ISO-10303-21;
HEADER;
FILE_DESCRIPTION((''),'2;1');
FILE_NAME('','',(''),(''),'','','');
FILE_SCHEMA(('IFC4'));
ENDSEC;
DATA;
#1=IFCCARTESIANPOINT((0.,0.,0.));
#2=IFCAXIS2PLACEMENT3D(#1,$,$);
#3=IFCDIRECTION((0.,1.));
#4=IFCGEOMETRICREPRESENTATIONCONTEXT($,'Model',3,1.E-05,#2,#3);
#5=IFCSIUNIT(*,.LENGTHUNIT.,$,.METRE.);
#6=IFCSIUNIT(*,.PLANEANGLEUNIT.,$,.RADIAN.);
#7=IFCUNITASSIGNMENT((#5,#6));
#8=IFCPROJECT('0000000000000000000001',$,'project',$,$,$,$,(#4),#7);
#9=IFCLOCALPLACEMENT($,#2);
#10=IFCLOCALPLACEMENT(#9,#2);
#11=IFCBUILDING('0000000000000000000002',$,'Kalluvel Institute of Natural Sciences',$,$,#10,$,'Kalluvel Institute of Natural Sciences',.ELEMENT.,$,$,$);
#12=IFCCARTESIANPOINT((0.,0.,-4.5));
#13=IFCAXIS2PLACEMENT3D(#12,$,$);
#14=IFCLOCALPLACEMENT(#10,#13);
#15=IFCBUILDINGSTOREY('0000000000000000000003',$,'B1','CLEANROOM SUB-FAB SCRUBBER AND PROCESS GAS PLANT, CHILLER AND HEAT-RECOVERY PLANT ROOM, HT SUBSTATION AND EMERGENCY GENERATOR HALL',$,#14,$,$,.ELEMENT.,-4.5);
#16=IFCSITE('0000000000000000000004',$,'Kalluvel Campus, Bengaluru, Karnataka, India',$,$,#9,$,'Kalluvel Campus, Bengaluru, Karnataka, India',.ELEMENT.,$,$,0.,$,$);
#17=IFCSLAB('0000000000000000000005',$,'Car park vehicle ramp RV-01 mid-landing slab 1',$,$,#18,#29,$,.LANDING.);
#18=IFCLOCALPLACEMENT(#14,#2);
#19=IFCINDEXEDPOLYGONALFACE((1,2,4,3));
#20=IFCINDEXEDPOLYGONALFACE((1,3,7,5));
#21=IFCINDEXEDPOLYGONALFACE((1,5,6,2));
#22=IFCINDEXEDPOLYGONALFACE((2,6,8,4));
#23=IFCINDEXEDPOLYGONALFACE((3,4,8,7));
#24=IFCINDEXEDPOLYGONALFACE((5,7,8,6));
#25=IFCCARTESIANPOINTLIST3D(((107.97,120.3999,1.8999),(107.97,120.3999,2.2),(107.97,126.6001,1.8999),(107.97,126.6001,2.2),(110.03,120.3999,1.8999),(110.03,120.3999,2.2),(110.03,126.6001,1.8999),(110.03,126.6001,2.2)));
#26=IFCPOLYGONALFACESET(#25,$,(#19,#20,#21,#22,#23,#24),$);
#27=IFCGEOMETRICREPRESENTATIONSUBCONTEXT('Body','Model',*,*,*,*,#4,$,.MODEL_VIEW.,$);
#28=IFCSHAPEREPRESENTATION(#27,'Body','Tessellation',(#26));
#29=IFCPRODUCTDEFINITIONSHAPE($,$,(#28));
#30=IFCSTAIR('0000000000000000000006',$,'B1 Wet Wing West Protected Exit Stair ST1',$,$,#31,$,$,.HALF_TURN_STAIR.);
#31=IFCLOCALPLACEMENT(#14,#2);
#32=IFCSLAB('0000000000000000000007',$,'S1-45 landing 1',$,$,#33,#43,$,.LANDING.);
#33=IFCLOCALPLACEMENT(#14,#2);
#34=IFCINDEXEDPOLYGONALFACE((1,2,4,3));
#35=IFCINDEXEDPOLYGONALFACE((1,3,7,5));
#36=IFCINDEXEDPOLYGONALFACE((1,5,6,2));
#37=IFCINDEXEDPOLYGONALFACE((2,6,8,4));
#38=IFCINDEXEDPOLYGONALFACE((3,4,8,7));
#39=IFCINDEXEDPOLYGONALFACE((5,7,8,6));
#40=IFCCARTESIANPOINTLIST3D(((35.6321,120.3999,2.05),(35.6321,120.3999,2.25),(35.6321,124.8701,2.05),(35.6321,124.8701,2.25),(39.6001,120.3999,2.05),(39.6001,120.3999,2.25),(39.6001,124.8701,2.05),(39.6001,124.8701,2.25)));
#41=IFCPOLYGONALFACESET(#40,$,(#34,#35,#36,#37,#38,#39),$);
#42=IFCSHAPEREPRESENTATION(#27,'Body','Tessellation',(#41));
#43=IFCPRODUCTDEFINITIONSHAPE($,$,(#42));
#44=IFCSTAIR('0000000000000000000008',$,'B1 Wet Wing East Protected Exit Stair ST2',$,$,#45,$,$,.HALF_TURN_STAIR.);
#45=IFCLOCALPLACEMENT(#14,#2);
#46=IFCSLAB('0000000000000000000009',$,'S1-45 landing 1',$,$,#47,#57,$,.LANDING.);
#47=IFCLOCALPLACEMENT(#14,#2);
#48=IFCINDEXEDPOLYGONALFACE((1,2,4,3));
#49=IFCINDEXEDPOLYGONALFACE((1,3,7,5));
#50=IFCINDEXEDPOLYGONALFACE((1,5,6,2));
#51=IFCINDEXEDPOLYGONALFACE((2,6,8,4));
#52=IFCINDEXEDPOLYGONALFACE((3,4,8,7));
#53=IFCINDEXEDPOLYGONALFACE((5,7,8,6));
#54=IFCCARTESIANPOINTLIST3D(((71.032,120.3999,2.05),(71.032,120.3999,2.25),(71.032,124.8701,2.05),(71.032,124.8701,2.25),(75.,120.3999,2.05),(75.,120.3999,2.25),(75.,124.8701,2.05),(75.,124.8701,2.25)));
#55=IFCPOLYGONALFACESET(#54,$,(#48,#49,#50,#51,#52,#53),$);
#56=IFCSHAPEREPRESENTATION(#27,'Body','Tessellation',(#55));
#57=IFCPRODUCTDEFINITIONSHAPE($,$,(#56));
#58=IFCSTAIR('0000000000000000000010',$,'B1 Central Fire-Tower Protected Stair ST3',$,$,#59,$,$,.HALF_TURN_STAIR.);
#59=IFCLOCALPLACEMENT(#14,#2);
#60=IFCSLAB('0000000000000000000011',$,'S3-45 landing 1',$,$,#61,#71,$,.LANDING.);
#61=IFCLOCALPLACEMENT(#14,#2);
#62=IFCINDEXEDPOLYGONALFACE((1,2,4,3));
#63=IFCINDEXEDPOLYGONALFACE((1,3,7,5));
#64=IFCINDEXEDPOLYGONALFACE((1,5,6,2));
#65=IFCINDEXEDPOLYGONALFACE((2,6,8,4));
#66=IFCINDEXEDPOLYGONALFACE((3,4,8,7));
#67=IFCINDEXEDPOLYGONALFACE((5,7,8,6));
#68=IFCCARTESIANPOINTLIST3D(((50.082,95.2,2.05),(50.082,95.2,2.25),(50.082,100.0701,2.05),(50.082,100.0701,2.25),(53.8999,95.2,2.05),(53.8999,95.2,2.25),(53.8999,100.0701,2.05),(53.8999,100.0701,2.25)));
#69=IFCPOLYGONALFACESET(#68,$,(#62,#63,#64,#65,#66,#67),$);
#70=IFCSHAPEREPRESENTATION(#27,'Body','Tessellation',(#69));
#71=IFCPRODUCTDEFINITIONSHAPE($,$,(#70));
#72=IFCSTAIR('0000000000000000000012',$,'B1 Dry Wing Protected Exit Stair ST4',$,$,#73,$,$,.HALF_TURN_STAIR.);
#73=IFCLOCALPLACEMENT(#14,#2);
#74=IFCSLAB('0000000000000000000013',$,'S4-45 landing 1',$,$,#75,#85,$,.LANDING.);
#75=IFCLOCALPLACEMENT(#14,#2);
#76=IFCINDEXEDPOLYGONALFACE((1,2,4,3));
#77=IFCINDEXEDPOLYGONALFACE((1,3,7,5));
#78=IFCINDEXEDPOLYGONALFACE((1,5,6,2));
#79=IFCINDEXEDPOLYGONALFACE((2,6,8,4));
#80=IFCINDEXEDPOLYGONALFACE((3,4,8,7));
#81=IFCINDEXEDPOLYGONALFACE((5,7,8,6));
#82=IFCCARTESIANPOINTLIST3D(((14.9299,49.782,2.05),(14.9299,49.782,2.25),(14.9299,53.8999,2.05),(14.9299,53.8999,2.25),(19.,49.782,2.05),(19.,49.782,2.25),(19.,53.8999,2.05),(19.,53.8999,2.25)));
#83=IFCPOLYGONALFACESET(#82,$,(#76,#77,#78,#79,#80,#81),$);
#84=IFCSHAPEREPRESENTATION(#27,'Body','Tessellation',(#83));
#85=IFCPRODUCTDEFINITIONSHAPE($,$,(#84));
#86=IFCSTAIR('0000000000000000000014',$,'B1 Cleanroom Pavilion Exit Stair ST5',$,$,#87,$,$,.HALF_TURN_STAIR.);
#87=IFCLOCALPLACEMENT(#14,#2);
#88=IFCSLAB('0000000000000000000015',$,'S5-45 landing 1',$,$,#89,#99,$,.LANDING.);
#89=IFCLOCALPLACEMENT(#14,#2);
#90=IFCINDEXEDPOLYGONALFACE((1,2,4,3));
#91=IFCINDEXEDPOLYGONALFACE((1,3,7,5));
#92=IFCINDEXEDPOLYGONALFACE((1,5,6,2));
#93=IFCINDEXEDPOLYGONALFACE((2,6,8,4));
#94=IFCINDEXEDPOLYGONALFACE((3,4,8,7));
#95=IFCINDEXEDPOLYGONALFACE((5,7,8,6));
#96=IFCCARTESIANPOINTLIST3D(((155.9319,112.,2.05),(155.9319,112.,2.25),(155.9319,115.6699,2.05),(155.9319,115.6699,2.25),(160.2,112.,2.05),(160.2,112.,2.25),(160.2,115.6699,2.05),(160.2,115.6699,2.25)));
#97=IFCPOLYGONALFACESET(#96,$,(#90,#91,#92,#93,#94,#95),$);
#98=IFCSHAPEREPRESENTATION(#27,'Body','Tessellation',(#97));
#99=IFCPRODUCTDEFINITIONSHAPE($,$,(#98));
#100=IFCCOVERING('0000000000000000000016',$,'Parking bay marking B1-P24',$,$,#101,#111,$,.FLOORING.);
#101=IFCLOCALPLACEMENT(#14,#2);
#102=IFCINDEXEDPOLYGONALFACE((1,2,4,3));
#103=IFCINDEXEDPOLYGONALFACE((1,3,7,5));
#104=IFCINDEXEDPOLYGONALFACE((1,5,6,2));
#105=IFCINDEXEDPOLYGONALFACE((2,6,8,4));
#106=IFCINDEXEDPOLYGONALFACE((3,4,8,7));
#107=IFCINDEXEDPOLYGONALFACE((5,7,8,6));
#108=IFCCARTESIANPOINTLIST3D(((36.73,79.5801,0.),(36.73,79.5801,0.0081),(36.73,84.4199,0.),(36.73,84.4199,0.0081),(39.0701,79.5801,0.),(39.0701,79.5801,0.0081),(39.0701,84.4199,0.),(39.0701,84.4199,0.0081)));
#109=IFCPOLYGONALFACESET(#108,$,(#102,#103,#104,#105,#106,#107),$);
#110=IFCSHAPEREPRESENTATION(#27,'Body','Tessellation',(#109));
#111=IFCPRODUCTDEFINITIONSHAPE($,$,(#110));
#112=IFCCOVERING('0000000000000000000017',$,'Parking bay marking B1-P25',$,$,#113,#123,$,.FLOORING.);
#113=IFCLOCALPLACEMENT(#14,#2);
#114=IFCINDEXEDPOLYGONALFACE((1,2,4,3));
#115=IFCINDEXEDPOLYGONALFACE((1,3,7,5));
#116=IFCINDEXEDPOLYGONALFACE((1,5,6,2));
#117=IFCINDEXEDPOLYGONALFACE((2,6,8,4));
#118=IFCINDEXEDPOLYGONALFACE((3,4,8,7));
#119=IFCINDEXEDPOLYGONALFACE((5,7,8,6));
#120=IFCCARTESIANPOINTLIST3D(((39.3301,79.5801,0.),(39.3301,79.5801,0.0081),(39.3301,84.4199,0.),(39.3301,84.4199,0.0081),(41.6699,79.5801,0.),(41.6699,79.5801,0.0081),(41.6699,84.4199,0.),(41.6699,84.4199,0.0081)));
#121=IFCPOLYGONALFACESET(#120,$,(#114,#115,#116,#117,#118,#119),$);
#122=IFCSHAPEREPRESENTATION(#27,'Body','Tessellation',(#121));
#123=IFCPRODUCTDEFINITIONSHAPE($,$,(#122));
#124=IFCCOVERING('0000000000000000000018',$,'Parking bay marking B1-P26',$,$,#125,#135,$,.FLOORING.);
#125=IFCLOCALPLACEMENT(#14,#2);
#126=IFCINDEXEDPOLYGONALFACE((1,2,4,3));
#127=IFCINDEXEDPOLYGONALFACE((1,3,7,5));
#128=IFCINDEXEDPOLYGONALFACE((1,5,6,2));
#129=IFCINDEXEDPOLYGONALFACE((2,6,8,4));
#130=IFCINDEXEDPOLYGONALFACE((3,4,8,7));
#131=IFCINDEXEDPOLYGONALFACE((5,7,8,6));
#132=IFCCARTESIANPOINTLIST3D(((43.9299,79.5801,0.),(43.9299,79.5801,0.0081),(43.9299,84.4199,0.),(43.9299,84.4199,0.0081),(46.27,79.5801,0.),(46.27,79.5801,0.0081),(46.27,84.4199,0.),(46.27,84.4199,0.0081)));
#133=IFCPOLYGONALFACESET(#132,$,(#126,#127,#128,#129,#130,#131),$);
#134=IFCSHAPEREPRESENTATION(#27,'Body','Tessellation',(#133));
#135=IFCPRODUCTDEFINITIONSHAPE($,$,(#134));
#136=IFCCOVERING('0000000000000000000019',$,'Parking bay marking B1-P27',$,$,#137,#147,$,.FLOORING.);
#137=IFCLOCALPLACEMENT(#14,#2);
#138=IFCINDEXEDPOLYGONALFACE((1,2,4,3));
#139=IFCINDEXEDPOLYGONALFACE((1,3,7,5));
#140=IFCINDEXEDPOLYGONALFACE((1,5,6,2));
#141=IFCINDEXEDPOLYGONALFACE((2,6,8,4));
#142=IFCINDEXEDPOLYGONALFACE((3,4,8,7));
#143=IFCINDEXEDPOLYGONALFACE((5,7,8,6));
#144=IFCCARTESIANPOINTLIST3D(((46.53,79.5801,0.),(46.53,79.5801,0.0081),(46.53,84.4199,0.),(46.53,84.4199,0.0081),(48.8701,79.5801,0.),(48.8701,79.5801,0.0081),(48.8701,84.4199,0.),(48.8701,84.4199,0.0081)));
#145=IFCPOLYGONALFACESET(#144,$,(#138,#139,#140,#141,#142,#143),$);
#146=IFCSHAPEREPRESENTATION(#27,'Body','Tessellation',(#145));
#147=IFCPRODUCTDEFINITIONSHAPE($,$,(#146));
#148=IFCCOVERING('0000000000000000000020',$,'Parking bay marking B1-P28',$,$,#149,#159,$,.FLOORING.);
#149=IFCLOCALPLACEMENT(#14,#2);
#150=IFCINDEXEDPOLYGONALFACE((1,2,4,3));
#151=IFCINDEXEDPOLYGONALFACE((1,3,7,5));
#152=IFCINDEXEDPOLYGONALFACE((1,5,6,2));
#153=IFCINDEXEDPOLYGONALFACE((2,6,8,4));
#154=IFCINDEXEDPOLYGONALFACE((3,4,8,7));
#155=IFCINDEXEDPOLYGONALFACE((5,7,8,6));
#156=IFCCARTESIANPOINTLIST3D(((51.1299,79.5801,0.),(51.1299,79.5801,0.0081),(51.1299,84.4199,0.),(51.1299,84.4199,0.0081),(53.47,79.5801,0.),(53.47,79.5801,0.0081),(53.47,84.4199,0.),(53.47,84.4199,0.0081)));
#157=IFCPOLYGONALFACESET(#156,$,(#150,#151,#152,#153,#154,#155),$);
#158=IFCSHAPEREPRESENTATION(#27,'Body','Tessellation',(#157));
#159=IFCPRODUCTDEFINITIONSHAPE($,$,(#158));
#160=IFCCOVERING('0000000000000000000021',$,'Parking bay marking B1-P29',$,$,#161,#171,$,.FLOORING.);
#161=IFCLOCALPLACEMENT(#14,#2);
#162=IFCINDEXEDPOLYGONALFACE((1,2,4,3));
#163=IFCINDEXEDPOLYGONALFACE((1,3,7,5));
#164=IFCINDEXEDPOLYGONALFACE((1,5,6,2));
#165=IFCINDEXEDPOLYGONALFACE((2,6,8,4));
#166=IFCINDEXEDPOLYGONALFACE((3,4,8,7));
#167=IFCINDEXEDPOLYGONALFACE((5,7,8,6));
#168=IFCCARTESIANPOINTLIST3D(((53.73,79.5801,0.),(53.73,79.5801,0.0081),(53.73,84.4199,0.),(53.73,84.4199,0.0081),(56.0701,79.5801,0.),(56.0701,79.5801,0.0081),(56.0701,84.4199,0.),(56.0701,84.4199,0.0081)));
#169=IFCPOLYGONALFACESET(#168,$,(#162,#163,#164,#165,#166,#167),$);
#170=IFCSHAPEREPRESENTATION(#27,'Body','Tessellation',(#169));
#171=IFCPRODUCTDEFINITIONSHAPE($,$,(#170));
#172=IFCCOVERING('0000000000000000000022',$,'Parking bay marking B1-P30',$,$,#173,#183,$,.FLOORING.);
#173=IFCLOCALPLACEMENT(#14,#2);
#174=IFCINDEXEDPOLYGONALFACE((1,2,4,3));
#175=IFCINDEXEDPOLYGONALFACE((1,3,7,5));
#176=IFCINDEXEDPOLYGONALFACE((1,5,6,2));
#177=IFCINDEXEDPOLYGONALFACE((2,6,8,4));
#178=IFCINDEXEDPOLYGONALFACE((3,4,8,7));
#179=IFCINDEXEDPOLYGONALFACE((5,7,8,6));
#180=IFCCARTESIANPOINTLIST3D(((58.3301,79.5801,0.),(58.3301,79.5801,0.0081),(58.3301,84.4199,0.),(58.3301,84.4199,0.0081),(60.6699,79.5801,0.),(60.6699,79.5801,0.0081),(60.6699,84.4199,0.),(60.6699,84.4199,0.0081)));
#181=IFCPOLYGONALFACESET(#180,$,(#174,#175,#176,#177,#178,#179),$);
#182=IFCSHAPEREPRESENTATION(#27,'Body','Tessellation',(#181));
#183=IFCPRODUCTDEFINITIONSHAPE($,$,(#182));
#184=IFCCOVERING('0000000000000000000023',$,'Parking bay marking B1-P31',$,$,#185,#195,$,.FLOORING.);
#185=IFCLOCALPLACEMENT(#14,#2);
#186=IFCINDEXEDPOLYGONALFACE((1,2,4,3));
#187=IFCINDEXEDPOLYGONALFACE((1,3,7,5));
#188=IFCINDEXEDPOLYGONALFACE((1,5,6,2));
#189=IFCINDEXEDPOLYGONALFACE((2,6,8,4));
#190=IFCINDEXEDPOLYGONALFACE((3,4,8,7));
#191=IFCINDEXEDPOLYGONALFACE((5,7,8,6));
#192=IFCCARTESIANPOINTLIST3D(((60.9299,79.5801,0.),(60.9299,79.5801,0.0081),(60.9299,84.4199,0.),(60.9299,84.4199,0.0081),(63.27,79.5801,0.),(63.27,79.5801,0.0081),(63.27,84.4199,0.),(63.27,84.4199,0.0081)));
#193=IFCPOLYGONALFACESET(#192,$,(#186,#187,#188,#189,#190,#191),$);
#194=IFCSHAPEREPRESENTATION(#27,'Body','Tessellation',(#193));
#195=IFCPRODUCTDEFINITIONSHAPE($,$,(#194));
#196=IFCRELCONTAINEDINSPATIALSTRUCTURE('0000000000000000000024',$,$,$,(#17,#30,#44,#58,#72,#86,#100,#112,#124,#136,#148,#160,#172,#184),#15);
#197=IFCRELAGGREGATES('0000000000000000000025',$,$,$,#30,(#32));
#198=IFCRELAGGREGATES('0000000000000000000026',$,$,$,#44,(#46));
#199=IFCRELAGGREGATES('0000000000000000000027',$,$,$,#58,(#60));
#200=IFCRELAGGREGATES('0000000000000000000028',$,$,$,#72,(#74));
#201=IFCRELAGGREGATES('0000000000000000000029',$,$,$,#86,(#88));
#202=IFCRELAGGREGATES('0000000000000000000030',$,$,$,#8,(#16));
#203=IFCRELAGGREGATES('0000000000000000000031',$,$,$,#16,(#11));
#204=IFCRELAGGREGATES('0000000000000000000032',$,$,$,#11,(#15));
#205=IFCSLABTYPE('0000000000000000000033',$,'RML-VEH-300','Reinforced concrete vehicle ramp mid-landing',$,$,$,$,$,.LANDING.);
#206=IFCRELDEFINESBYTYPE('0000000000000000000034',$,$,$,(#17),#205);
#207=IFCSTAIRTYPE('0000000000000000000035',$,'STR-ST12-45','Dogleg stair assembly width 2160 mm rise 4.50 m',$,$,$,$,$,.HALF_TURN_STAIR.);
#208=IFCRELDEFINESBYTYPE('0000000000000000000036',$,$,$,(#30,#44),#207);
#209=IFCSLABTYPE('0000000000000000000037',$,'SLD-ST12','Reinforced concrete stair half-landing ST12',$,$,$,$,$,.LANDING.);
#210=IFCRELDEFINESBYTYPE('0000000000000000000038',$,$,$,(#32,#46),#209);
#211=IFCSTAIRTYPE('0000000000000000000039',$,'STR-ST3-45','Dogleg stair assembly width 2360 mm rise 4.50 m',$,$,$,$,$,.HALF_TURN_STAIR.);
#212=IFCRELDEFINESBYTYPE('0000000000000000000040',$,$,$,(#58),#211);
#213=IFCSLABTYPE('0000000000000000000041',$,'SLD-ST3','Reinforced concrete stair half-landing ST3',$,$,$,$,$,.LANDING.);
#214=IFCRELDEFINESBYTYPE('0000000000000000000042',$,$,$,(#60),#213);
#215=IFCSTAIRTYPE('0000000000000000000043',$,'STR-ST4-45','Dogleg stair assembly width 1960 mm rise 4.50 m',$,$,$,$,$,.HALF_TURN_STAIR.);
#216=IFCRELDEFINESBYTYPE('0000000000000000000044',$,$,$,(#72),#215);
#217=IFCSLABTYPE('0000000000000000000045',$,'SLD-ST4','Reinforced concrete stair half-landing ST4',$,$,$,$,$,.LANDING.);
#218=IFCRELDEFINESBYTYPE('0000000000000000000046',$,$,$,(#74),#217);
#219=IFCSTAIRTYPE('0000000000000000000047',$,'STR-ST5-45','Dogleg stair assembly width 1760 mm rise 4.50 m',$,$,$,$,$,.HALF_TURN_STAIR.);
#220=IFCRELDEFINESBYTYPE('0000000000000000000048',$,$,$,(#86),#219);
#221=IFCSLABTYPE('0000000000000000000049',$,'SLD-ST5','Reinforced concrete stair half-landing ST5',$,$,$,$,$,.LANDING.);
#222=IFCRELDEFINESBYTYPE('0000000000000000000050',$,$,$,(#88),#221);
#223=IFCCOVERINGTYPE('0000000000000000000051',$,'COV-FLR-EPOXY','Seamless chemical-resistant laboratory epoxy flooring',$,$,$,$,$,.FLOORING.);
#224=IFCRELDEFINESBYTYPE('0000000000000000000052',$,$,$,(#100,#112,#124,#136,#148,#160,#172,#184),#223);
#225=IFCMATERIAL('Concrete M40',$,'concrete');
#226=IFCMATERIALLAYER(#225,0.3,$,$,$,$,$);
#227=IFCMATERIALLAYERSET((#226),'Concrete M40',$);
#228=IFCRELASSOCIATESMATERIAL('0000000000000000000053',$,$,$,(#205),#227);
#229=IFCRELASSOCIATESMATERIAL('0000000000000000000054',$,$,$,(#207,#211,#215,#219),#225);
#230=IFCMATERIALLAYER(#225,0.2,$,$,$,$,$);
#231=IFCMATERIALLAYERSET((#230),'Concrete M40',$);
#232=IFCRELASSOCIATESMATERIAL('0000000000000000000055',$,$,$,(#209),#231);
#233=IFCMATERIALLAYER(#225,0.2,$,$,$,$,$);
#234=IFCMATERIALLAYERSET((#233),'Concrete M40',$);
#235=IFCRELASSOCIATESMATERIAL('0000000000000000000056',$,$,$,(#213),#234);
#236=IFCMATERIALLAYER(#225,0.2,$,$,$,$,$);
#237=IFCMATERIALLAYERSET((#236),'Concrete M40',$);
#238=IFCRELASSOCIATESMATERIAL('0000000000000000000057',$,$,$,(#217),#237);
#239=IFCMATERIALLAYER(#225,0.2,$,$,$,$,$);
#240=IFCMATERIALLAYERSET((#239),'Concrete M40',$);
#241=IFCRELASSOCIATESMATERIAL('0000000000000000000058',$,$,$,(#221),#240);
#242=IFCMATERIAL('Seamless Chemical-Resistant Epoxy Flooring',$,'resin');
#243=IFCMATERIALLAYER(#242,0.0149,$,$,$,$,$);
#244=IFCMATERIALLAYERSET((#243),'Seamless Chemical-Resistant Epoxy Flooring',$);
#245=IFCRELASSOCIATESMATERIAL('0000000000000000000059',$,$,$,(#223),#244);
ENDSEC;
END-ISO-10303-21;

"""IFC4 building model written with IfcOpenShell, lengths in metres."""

from ifc_helpers import new_model, si_unit, direction, frame, origin, place, context, subcontext, project, spatial, polyline, outline, extrude, material, layer, layer_set, type_object, element, aggregate, save


model = new_model("IFC4")

# Units and contexts
model_context = context("Model", 3, precision=1e-05, world=origin(), true_north=direction((0.0, 1.0)))
body_context = subcontext(model_context, "Body", "Model", "MODEL_VIEW")
ifc_project = project(units=[si_unit("LENGTHUNIT", "METRE"), si_unit("PLANEANGLEUNIT", "RADIAN")], contexts=[model_context])

# Site, building, storey
site_placement = place(None, origin())
site = spatial("IfcSite", under=ifc_project, at=site_placement, Name="Kalluvel Campus, Bengaluru, Karnataka, India", LongName="Kalluvel Campus, Bengaluru, Karnataka, India", CompositionType="ELEMENT", RefElevation=0.0)
building_placement = place(site_placement, origin())
building = spatial("IfcBuilding", under=site, at=building_placement, Name="Kalluvel Institute of Natural Sciences", LongName="Kalluvel Institute of Natural Sciences", CompositionType="ELEMENT")
storey_placement = place(building_placement, frame((0.0, 0.0, -4.5)))
storey = spatial("IfcBuildingStorey", under=building, at=storey_placement, Name="B1", Description="CLEANROOM SUB-FAB SCRUBBER AND PROCESS GAS PLANT, CHILLER AND HEAT-RECOVERY PLANT ROOM, HT SUBSTATION AND EMERGENCY GENERATOR HALL", CompositionType="ELEMENT", Elevation=-4.5)

# Slab
ifc_material_1 = material(Name="Concrete M40", Category="concrete")
ifc_layer_1 = layer(ifc_material_1, 0.3)
ifc_layer_set_1 = layer_set([ifc_layer_1], Name="Concrete M40")
slab_type_1 = type_object("IfcSlabType", Name="RML-VEH-300", Description="Reinforced concrete vehicle ramp mid-landing", PredefinedType="LANDING", material=ifc_layer_set_1)
slab_1_placement = place(storey_placement, frame((0.0, 0.0, 1.8999)))
element("IfcSlab", 1, at=slab_1_placement, inside=storey, type_object=slab_type_1, Name="Car park vehicle ramp RV-01 mid-landing slab 1", PredefinedType="LANDING", context=body_context, shape_type="SweptSolid", body=[
    extrude(outline(polyline([(107.97, 120.3999), (110.03, 120.3999), (110.03, 126.6001), (107.97, 126.6001), (107.97, 120.3999)])), origin(), (0.0, 0.0, 1.0), 0.3),
])

# Stairs, slabs
stair_type_1 = type_object("IfcStairType", Name="STR-ST12-45", Description="Dogleg stair assembly width 2160 mm rise 4.50 m", PredefinedType="HALF_TURN_STAIR", material=ifc_material_1)
stair_1_placement = place(storey_placement, origin())
stair_1 = element("IfcStair", 2, at=stair_1_placement, inside=storey, type_object=stair_type_1, Name="B1 Wet Wing West Protected Exit Stair ST1", PredefinedType="HALF_TURN_STAIR")
ifc_layer_2 = layer(ifc_material_1, 0.2)
ifc_layer_set_2 = layer_set([ifc_layer_2], Name="Concrete M40")
slab_type_2 = type_object("IfcSlabType", Name="SLD-ST12", Description="Reinforced concrete stair half-landing ST12", PredefinedType="LANDING", material=ifc_layer_set_2)
slab_2_placement = place(storey_placement, frame((0.0, 0.0, 2.05)))
slab_2 = element("IfcSlab", 3, at=slab_2_placement, type_object=slab_type_2, Name="S1-45 landing 1", PredefinedType="LANDING", context=body_context, shape_type="SweptSolid", body=[
    extrude(outline(polyline([(35.6321, 120.3999), (39.6001, 120.3999), (39.6001, 124.8701), (35.6321, 124.8701), (35.6321, 120.3999)])), origin(), (0.0, 0.0, 1.0), 0.2),
])
aggregate(stair_1, [slab_2])
stair_2_placement = place(storey_placement, origin())
stair_2 = element("IfcStair", 4, at=stair_2_placement, inside=storey, type_object=stair_type_1, Name="B1 Wet Wing East Protected Exit Stair ST2", PredefinedType="HALF_TURN_STAIR")
slab_3_placement = place(storey_placement, frame((0.0, 0.0, 2.05)))
slab_3 = element("IfcSlab", 5, at=slab_3_placement, type_object=slab_type_2, Name="S1-45 landing 1", PredefinedType="LANDING", context=body_context, shape_type="SweptSolid", body=[
    extrude(outline(polyline([(71.032, 120.3999), (75.0, 120.3999), (75.0, 124.8701), (71.032, 124.8701), (71.032, 120.3999)])), origin(), (0.0, 0.0, 1.0), 0.2),
])
aggregate(stair_2, [slab_3])
stair_type_2 = type_object("IfcStairType", Name="STR-ST3-45", Description="Dogleg stair assembly width 2360 mm rise 4.50 m", PredefinedType="HALF_TURN_STAIR", material=ifc_material_1)
stair_3_placement = place(storey_placement, origin())
stair_3 = element("IfcStair", 6, at=stair_3_placement, inside=storey, type_object=stair_type_2, Name="B1 Central Fire-Tower Protected Stair ST3", PredefinedType="HALF_TURN_STAIR")
ifc_layer_3 = layer(ifc_material_1, 0.2)
ifc_layer_set_3 = layer_set([ifc_layer_3], Name="Concrete M40")
slab_type_3 = type_object("IfcSlabType", Name="SLD-ST3", Description="Reinforced concrete stair half-landing ST3", PredefinedType="LANDING", material=ifc_layer_set_3)
slab_4_placement = place(storey_placement, frame((0.0, 0.0, 2.05)))
slab_4 = element("IfcSlab", 7, at=slab_4_placement, type_object=slab_type_3, Name="S3-45 landing 1", PredefinedType="LANDING", context=body_context, shape_type="SweptSolid", body=[
    extrude(outline(polyline([(50.082, 95.2), (53.8999, 95.2), (53.8999, 100.0701), (50.082, 100.0701), (50.082, 95.2)])), origin(), (0.0, 0.0, 1.0), 0.2),
])
aggregate(stair_3, [slab_4])
stair_type_3 = type_object("IfcStairType", Name="STR-ST4-45", Description="Dogleg stair assembly width 1960 mm rise 4.50 m", PredefinedType="HALF_TURN_STAIR", material=ifc_material_1)
stair_4_placement = place(storey_placement, origin())
stair_4 = element("IfcStair", 8, at=stair_4_placement, inside=storey, type_object=stair_type_3, Name="B1 Dry Wing Protected Exit Stair ST4", PredefinedType="HALF_TURN_STAIR")
ifc_layer_4 = layer(ifc_material_1, 0.2)
ifc_layer_set_4 = layer_set([ifc_layer_4], Name="Concrete M40")
slab_type_4 = type_object("IfcSlabType", Name="SLD-ST4", Description="Reinforced concrete stair half-landing ST4", PredefinedType="LANDING", material=ifc_layer_set_4)
slab_5_placement = place(storey_placement, frame((0.0, 0.0, 2.05)))
slab_5 = element("IfcSlab", 9, at=slab_5_placement, type_object=slab_type_4, Name="S4-45 landing 1", PredefinedType="LANDING", context=body_context, shape_type="SweptSolid", body=[
    extrude(outline(polyline([(19.0, 49.782), (19.0, 53.8999), (14.9299, 53.8999), (14.9299, 49.782), (19.0, 49.782)])), origin(), (0.0, 0.0, 1.0), 0.2),
])
aggregate(stair_4, [slab_5])
stair_type_4 = type_object("IfcStairType", Name="STR-ST5-45", Description="Dogleg stair assembly width 1760 mm rise 4.50 m", PredefinedType="HALF_TURN_STAIR", material=ifc_material_1)
stair_5_placement = place(storey_placement, origin())
stair_5 = element("IfcStair", 10, at=stair_5_placement, inside=storey, type_object=stair_type_4, Name="B1 Cleanroom Pavilion Exit Stair ST5", PredefinedType="HALF_TURN_STAIR")
ifc_layer_5 = layer(ifc_material_1, 0.2)
ifc_layer_set_5 = layer_set([ifc_layer_5], Name="Concrete M40")
slab_type_5 = type_object("IfcSlabType", Name="SLD-ST5", Description="Reinforced concrete stair half-landing ST5", PredefinedType="LANDING", material=ifc_layer_set_5)
slab_6_placement = place(storey_placement, frame((0.0, 0.0, 2.05)))
slab_6 = element("IfcSlab", 11, at=slab_6_placement, type_object=slab_type_5, Name="S5-45 landing 1", PredefinedType="LANDING", context=body_context, shape_type="SweptSolid", body=[
    extrude(outline(polyline([(155.9319, 112.0), (160.2, 112.0), (160.2, 115.6699), (155.9319, 115.6699), (155.9319, 112.0)])), origin(), (0.0, 0.0, 1.0), 0.2),
])
aggregate(stair_5, [slab_6])

# Coverings
ifc_material_2 = material(Name="Seamless Chemical-Resistant Epoxy Flooring", Category="resin")
ifc_layer_6 = layer(ifc_material_2, 0.0149)
ifc_layer_set_6 = layer_set([ifc_layer_6], Name="Seamless Chemical-Resistant Epoxy Flooring")
covering_type = type_object("IfcCoveringType", Name="COV-FLR-EPOXY", Description="Seamless chemical-resistant laboratory epoxy flooring", PredefinedType="FLOORING", material=ifc_layer_set_6)
covering_1_placement = place(storey_placement, origin())
element("IfcCovering", 12, at=covering_1_placement, inside=storey, type_object=covering_type, Name="Parking bay marking B1-P24", PredefinedType="FLOORING", context=body_context, shape_type="SweptSolid", body=[
    extrude(outline(polyline([(36.73, 79.5801), (39.0701, 79.5801), (39.0701, 84.4199), (36.73, 84.4199), (36.73, 79.5801)])), origin(), (0.0, 0.0, 1.0), 0.0081),
])
covering_2_placement = place(storey_placement, origin())
element("IfcCovering", 13, at=covering_2_placement, inside=storey, type_object=covering_type, Name="Parking bay marking B1-P25", PredefinedType="FLOORING", context=body_context, shape_type="SweptSolid", body=[
    extrude(outline(polyline([(39.3301, 79.5801), (41.6699, 79.5801), (41.6699, 84.4199), (39.3301, 84.4199), (39.3301, 79.5801)])), origin(), (0.0, 0.0, 1.0), 0.0081),
])
covering_3_placement = place(storey_placement, origin())
element("IfcCovering", 14, at=covering_3_placement, inside=storey, type_object=covering_type, Name="Parking bay marking B1-P26", PredefinedType="FLOORING", context=body_context, shape_type="SweptSolid", body=[
    extrude(outline(polyline([(43.9299, 79.5801), (46.27, 79.5801), (46.27, 84.4199), (43.9299, 84.4199), (43.9299, 79.5801)])), origin(), (0.0, 0.0, 1.0), 0.0081),
])
covering_4_placement = place(storey_placement, origin())
element("IfcCovering", 15, at=covering_4_placement, inside=storey, type_object=covering_type, Name="Parking bay marking B1-P27", PredefinedType="FLOORING", context=body_context, shape_type="SweptSolid", body=[
    extrude(outline(polyline([(46.53, 79.5801), (48.8701, 79.5801), (48.8701, 84.4199), (46.53, 84.4199), (46.53, 79.5801)])), origin(), (0.0, 0.0, 1.0), 0.0081),
])
covering_5_placement = place(storey_placement, origin())
element("IfcCovering", 16, at=covering_5_placement, inside=storey, type_object=covering_type, Name="Parking bay marking B1-P28", PredefinedType="FLOORING", context=body_context, shape_type="SweptSolid", body=[
    extrude(outline(polyline([(51.1299, 79.5801), (53.47, 79.5801), (53.47, 84.4199), (51.1299, 84.4199), (51.1299, 79.5801)])), origin(), (0.0, 0.0, 1.0), 0.0081),
])
covering_6_placement = place(storey_placement, origin())
element("IfcCovering", 17, at=covering_6_placement, inside=storey, type_object=covering_type, Name="Parking bay marking B1-P29", PredefinedType="FLOORING", context=body_context, shape_type="SweptSolid", body=[
    extrude(outline(polyline([(53.73, 79.5801), (56.0701, 79.5801), (56.0701, 84.4199), (53.73, 84.4199), (53.73, 79.5801)])), origin(), (0.0, 0.0, 1.0), 0.0081),
])
covering_7_placement = place(storey_placement, origin())
element("IfcCovering", 18, at=covering_7_placement, inside=storey, type_object=covering_type, Name="Parking bay marking B1-P30", PredefinedType="FLOORING", context=body_context, shape_type="SweptSolid", body=[
    extrude(outline(polyline([(58.3301, 79.5801), (60.6699, 79.5801), (60.6699, 84.4199), (58.3301, 84.4199), (58.3301, 79.5801)])), origin(), (0.0, 0.0, 1.0), 0.0081),
])
covering_8_placement = place(storey_placement, origin())
element("IfcCovering", 19, at=covering_8_placement, inside=storey, type_object=covering_type, Name="Parking bay marking B1-P31", PredefinedType="FLOORING", context=body_context, shape_type="SweptSolid", body=[
    extrude(outline(polyline([(60.9299, 79.5801), (63.27, 79.5801), (63.27, 84.4199), (60.9299, 84.4199), (60.9299, 79.5801)])), origin(), (0.0, 0.0, 1.0), 0.0081),
])

save(model, "model.ifc")
